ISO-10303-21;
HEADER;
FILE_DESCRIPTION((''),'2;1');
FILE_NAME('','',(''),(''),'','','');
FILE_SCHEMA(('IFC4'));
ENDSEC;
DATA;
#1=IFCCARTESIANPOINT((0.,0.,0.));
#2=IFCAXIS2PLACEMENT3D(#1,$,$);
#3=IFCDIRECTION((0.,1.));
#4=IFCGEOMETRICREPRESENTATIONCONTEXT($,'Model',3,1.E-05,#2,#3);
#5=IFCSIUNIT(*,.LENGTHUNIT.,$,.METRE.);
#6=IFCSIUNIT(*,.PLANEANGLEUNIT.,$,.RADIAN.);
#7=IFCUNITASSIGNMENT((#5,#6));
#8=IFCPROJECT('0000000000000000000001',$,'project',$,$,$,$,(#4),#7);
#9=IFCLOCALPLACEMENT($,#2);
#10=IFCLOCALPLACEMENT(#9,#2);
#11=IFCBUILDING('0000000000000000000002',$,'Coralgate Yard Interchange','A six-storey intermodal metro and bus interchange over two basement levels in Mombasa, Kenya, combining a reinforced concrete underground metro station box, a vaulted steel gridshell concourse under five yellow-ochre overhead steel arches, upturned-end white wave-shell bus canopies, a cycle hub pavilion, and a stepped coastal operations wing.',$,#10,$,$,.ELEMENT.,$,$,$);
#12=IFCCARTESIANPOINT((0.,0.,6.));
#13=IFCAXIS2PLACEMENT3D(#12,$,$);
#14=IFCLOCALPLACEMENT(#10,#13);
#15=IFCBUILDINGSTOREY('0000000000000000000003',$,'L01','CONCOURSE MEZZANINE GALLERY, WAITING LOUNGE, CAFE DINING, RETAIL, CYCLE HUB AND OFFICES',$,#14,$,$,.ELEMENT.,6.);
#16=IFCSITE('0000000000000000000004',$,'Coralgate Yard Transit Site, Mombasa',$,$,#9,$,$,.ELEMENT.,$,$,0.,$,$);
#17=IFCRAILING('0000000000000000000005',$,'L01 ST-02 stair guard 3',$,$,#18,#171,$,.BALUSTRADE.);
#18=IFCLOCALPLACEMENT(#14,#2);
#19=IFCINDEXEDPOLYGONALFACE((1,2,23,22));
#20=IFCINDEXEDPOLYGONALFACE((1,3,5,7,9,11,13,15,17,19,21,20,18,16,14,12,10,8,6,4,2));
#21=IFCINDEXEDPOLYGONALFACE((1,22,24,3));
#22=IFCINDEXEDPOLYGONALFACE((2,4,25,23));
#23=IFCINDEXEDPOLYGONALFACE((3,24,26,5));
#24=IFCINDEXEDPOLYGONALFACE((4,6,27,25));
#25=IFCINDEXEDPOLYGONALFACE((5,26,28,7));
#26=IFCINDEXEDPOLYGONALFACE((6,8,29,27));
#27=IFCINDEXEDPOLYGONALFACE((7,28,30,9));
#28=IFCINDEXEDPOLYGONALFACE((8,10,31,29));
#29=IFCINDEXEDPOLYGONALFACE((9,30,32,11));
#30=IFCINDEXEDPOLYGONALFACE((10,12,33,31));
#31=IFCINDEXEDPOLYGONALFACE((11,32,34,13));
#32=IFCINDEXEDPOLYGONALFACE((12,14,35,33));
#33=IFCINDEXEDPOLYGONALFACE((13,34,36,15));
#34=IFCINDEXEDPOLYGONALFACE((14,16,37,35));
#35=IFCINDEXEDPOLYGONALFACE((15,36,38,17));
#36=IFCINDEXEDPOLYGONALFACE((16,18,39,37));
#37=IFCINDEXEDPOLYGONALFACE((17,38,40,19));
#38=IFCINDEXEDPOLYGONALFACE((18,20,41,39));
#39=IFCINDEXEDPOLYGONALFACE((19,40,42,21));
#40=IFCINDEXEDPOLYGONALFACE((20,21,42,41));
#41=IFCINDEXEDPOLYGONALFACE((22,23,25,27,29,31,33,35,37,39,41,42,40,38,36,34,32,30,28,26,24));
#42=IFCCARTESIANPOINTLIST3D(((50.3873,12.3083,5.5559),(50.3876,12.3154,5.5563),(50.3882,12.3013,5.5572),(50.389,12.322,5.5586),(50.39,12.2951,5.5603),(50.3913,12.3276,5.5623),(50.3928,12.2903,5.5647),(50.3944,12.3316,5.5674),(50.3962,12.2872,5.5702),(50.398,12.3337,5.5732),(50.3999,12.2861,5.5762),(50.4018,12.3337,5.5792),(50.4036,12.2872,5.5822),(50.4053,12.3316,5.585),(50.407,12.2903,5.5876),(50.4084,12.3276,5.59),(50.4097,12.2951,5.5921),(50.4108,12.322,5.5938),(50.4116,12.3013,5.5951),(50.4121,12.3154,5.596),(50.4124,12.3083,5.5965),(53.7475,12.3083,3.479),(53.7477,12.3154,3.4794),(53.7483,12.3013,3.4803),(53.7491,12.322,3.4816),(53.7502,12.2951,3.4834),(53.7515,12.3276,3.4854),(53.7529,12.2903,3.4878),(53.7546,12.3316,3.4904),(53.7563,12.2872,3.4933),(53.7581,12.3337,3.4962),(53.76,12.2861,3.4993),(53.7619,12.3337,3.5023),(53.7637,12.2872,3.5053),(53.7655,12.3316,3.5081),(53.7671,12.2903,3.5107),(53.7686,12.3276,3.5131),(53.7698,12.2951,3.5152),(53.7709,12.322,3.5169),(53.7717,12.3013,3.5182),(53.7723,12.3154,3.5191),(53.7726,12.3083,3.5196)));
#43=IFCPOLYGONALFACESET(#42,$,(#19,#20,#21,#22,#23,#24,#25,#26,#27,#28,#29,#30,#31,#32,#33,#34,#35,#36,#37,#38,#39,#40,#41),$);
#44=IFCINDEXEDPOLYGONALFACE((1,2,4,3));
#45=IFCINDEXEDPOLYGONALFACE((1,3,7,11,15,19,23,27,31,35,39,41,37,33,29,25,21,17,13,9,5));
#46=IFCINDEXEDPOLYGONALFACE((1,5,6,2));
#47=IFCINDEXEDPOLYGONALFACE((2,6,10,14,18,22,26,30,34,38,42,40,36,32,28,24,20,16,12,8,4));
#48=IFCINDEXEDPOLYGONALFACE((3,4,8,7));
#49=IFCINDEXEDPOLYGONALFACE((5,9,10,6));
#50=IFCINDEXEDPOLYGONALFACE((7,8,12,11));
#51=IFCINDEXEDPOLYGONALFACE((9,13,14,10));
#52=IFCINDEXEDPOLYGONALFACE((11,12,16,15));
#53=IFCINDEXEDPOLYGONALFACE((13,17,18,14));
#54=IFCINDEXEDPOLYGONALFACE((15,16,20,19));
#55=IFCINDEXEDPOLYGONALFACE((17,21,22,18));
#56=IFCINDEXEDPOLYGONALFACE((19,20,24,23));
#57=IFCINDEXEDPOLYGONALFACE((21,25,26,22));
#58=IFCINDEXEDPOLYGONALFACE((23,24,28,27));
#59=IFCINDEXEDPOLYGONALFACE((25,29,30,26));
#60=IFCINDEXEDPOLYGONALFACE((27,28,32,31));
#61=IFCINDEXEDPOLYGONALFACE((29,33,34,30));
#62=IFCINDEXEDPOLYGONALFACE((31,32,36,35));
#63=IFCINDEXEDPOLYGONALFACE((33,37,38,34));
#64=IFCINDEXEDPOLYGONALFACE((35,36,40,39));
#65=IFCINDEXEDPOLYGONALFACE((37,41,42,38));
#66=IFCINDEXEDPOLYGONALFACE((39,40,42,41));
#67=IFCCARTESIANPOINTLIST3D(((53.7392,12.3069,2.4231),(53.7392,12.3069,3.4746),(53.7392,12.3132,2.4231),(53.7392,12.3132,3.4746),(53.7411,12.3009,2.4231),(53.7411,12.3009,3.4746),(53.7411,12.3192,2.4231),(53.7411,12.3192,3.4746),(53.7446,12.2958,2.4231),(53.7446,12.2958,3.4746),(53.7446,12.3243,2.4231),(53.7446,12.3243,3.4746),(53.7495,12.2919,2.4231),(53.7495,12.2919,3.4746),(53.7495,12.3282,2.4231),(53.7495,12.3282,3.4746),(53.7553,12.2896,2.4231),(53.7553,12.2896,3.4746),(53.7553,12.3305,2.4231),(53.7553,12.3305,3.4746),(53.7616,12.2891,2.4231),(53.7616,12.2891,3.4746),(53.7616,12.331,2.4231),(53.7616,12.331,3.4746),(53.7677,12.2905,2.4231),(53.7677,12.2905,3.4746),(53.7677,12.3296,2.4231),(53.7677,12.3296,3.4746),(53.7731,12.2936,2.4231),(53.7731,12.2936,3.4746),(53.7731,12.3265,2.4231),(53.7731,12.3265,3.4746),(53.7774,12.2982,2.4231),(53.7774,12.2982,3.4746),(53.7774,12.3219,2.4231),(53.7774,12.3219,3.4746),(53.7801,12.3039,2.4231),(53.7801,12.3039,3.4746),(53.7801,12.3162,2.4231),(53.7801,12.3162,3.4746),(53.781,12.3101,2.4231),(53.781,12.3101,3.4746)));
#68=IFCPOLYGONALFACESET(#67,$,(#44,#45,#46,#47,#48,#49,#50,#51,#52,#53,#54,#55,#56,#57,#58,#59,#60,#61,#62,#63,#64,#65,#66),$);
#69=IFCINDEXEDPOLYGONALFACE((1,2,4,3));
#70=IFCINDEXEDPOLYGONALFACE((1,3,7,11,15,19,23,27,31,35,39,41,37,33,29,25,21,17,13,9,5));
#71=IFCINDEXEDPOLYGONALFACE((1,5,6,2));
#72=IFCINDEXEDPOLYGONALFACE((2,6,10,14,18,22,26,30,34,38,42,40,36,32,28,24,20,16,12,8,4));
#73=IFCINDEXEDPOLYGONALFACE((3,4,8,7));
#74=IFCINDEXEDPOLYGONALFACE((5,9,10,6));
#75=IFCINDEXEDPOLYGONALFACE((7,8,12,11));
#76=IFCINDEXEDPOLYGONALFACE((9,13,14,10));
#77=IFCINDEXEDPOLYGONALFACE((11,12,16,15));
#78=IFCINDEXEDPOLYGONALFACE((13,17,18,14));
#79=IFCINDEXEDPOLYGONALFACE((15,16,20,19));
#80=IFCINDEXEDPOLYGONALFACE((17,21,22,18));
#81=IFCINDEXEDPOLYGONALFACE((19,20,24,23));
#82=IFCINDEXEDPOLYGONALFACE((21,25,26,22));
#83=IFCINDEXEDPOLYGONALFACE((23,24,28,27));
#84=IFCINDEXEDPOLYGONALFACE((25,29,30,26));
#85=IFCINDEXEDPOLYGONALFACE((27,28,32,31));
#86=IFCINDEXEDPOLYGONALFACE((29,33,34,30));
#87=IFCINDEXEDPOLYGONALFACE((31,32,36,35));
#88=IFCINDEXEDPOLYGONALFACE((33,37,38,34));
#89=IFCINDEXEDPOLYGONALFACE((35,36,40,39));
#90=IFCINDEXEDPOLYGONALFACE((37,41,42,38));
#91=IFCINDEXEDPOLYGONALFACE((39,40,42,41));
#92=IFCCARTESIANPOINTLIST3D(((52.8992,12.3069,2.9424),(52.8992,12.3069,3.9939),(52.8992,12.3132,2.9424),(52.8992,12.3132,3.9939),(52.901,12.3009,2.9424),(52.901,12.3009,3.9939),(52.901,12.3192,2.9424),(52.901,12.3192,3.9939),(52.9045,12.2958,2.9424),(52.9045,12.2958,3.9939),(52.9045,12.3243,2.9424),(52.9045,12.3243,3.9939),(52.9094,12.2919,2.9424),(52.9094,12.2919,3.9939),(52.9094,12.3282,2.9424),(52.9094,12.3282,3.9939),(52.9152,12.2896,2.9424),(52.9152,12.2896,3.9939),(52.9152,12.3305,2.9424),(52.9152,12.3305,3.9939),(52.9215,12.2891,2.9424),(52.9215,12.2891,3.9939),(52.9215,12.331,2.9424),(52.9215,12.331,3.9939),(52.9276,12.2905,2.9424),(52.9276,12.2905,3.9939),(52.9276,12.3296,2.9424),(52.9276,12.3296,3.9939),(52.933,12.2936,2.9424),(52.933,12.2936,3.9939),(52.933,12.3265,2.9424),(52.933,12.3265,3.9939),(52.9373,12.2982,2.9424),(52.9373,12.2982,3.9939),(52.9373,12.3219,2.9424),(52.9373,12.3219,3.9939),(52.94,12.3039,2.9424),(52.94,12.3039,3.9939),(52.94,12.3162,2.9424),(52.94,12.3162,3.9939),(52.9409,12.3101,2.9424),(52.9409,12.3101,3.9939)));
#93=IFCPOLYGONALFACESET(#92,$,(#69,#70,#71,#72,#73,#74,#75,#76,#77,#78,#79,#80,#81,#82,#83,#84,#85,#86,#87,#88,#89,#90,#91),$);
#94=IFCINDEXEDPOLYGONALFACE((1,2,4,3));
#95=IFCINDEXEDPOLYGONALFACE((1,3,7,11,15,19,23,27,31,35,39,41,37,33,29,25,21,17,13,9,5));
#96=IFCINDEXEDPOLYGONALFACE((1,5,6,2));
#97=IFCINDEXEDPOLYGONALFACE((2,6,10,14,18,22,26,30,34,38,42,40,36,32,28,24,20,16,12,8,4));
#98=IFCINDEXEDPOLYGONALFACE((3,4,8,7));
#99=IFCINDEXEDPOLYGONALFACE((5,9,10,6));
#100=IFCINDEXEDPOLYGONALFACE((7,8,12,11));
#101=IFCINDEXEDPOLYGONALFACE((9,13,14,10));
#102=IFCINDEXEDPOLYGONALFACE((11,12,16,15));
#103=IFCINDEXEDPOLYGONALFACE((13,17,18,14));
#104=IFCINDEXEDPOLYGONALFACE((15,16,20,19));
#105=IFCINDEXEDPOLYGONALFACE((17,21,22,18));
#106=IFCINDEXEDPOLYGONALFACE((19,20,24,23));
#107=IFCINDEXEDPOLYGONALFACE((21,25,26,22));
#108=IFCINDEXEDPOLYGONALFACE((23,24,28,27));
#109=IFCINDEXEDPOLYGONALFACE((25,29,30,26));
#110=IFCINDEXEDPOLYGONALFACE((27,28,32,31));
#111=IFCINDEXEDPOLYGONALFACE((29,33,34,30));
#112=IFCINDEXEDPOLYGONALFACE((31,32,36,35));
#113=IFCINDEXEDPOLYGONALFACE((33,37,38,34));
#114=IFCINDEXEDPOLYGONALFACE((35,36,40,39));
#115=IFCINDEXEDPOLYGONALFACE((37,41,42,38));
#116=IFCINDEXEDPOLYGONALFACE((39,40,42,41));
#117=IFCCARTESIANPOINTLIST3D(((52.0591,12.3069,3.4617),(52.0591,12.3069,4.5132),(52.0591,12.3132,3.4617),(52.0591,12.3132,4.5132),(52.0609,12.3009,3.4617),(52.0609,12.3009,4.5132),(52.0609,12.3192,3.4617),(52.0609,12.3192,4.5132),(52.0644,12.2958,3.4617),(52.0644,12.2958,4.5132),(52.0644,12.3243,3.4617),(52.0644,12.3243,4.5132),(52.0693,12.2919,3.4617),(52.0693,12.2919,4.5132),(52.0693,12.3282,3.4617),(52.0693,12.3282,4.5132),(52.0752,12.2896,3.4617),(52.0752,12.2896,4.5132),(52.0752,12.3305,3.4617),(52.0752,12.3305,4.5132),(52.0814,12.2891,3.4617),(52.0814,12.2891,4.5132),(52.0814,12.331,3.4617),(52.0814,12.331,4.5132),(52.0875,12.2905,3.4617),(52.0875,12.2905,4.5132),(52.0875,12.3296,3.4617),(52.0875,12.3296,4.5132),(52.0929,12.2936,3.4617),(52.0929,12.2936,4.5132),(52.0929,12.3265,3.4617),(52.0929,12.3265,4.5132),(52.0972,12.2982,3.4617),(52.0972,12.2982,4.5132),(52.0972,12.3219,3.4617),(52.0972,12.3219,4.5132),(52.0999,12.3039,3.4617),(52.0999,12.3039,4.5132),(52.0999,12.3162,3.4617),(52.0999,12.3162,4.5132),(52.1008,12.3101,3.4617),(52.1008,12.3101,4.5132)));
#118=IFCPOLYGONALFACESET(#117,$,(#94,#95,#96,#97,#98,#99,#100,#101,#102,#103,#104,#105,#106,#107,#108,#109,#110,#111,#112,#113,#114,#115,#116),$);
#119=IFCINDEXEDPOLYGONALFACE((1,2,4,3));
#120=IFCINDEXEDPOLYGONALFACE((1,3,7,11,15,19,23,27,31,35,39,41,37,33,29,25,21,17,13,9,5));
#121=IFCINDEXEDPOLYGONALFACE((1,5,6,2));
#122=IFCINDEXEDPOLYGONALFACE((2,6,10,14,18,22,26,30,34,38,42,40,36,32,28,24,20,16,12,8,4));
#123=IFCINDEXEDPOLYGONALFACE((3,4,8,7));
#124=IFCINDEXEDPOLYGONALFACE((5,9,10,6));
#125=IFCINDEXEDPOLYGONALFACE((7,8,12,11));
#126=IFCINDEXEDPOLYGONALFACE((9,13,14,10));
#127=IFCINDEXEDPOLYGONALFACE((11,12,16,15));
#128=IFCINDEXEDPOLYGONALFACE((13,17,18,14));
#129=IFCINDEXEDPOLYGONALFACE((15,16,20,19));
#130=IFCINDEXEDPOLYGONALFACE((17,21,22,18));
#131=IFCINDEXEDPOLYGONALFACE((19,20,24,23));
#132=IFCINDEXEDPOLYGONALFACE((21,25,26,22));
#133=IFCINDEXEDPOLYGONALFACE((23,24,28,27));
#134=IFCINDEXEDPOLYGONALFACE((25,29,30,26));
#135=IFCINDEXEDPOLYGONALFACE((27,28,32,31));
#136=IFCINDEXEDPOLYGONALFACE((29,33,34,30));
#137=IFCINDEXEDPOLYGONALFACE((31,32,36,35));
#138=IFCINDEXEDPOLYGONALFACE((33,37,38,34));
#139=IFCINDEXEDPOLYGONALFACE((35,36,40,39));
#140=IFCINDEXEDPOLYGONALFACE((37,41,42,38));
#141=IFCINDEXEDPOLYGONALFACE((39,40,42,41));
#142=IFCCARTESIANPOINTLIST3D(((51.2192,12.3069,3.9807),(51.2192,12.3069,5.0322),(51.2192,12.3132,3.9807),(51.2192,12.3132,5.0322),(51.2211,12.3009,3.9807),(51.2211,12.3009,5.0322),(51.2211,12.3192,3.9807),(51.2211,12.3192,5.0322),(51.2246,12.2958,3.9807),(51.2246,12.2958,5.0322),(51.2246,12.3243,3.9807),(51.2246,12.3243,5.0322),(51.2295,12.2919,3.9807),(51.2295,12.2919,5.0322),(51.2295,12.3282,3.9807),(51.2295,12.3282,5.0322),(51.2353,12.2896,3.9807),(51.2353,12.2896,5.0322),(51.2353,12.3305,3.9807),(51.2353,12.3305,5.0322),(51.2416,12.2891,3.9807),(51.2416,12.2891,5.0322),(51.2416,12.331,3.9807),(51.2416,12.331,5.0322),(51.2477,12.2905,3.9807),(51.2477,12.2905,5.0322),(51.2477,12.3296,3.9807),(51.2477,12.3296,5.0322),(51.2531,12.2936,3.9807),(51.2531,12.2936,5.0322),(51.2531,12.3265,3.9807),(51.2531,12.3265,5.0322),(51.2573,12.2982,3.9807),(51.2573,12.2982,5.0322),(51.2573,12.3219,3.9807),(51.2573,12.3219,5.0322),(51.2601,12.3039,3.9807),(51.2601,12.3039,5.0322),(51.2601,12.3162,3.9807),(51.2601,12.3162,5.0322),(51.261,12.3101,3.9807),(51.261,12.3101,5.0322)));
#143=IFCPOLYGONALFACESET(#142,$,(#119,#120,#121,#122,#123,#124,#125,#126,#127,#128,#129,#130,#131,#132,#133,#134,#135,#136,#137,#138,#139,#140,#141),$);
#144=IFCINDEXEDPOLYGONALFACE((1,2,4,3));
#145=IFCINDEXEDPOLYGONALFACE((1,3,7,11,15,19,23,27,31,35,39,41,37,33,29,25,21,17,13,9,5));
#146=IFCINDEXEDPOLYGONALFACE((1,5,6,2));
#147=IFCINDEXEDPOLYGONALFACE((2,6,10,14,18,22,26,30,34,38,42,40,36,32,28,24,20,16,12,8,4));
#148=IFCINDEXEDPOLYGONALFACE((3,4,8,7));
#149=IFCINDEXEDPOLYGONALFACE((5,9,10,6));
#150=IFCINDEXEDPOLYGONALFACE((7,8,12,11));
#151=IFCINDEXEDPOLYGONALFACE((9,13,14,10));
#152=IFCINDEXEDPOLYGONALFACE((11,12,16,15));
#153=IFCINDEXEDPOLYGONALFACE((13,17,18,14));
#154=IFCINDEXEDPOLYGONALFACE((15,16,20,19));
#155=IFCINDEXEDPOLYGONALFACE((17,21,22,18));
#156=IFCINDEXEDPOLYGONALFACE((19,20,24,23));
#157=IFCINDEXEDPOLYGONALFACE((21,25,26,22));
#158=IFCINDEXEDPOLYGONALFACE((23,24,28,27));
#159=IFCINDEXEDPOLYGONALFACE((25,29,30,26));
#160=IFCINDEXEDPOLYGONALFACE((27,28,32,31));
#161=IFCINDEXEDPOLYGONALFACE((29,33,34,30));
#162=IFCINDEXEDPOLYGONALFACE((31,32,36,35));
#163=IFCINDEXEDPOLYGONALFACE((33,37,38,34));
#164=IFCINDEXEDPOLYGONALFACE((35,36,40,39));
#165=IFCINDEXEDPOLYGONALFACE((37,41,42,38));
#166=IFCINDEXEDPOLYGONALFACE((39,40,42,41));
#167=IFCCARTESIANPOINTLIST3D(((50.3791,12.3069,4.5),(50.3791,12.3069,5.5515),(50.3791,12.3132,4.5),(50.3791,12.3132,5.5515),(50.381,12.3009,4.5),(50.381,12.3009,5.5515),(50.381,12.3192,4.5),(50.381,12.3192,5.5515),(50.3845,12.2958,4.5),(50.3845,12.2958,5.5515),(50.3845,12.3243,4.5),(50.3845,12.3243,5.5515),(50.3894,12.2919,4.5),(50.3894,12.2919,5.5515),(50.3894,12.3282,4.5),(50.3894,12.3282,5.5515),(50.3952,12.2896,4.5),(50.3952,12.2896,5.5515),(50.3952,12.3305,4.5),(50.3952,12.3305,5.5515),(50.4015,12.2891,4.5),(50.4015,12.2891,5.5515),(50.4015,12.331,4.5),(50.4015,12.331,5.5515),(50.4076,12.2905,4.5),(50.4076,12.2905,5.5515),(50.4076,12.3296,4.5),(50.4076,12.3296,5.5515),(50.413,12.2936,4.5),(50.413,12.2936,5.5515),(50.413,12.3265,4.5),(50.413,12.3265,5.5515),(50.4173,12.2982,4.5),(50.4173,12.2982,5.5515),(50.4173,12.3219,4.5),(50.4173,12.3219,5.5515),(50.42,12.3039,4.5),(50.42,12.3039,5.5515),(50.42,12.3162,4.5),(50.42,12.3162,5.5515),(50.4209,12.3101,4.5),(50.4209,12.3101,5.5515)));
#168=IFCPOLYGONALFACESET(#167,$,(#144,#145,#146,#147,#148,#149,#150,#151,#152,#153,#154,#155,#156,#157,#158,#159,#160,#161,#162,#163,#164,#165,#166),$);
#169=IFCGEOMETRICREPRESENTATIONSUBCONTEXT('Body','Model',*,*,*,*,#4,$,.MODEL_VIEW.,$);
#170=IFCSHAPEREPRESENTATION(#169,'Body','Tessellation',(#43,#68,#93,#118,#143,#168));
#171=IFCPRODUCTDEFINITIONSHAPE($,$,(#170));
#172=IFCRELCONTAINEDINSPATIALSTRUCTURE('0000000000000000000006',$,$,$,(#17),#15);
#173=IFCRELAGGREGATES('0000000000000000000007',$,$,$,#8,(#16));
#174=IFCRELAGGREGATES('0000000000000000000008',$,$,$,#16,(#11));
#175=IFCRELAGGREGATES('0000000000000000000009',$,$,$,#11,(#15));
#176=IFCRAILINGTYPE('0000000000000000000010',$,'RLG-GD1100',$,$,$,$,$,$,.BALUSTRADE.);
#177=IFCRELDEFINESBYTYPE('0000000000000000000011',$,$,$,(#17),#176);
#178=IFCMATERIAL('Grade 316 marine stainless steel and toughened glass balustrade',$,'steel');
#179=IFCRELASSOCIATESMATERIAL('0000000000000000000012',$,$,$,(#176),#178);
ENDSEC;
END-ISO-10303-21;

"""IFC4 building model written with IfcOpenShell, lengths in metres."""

from ifc_helpers import new_model, si_unit, direction, frame, origin, origin_2d, place, context, subcontext, project, spatial, circle, extrude, material, type_object, element, save


model = new_model("IFC4")

# Units and contexts
model_context = context("Model", 3, precision=1e-05, world=origin(), true_north=direction((0.0, 1.0)))
body_context = subcontext(model_context, "Body", "Model", "MODEL_VIEW")
ifc_project = project(units=[si_unit("LENGTHUNIT", "METRE"), si_unit("PLANEANGLEUNIT", "RADIAN")], contexts=[model_context])

# Site, building, storey
site_placement = place(None, origin())
site = spatial("IfcSite", under=ifc_project, at=site_placement, Name="Coralgate Yard Transit Site, Mombasa", CompositionType="ELEMENT", RefElevation=0.0)
building_placement = place(site_placement, origin())
building = spatial("IfcBuilding", under=site, at=building_placement, Name="Coralgate Yard Interchange", Description="A six-storey intermodal metro and bus interchange over two basement levels in Mombasa, Kenya, combining a reinforced concrete underground metro station box, a vaulted steel gridshell concourse under five yellow-ochre overhead steel arches, upturned-end white wave-shell bus canopies, a cycle hub pavilion, and a stepped coastal operations wing.", CompositionType="ELEMENT")
storey_placement = place(building_placement, frame((0.0, 0.0, 6.0)))
storey = spatial("IfcBuildingStorey", under=building, at=storey_placement, Name="L01", Description="CONCOURSE MEZZANINE GALLERY, WAITING LOUNGE, CAFE DINING, RETAIL, CYCLE HUB AND OFFICES", CompositionType="ELEMENT", Elevation=6.0)

# Railing
ifc_material_1 = material(Name="Grade 316 marine stainless steel and toughened glass balustrade", Category="steel")
railing_type_1 = type_object("IfcRailingType", Name="RLG-GD1100", PredefinedType="BALUSTRADE", material=ifc_material_1)
railing_1_placement = place(storey_placement, frame((53.76, 12.3101, 2.4231)))
element("IfcRailing", 1, at=railing_1_placement, inside=storey, type_object=railing_type_1, Name="L01 ST-02 stair guard 3", PredefinedType="BALUSTRADE", context=body_context, shape_type="SweptSolid", body=[
    extrude(circle(Radius=0.0239, at=origin_2d()), frame((0.0, 0.0, 1.0762), z_axis=(-0.850623, 0.0, 0.525776), x_axis=(0.0, -1.0, 0.0)), (0.0, 0.0, 1.0), 3.9502),
    extrude(circle(Radius=0.021, at=origin_2d()), origin(), (0.0, 0.0, 1.0), 1.0515),
    extrude(circle(Radius=0.021, at=origin_2d()), frame((-0.8401, 0.0, 0.5193)), (0.0, 0.0, 1.0), 1.0515),
    extrude(circle(Radius=0.021, at=origin_2d()), frame((-1.6802, 0.0, 1.0386)), (0.0, 0.0, 1.0), 1.0515),
    extrude(circle(Radius=0.021, at=origin_2d()), frame((-2.52, 0.0, 1.5576)), (0.0, 0.0, 1.0), 1.0515),
    extrude(circle(Radius=0.021, at=origin_2d()), frame((-3.3601, 0.0, 2.0769)), (0.0, 0.0, 1.0), 1.0515),
])

save(model, "model.ifc")
